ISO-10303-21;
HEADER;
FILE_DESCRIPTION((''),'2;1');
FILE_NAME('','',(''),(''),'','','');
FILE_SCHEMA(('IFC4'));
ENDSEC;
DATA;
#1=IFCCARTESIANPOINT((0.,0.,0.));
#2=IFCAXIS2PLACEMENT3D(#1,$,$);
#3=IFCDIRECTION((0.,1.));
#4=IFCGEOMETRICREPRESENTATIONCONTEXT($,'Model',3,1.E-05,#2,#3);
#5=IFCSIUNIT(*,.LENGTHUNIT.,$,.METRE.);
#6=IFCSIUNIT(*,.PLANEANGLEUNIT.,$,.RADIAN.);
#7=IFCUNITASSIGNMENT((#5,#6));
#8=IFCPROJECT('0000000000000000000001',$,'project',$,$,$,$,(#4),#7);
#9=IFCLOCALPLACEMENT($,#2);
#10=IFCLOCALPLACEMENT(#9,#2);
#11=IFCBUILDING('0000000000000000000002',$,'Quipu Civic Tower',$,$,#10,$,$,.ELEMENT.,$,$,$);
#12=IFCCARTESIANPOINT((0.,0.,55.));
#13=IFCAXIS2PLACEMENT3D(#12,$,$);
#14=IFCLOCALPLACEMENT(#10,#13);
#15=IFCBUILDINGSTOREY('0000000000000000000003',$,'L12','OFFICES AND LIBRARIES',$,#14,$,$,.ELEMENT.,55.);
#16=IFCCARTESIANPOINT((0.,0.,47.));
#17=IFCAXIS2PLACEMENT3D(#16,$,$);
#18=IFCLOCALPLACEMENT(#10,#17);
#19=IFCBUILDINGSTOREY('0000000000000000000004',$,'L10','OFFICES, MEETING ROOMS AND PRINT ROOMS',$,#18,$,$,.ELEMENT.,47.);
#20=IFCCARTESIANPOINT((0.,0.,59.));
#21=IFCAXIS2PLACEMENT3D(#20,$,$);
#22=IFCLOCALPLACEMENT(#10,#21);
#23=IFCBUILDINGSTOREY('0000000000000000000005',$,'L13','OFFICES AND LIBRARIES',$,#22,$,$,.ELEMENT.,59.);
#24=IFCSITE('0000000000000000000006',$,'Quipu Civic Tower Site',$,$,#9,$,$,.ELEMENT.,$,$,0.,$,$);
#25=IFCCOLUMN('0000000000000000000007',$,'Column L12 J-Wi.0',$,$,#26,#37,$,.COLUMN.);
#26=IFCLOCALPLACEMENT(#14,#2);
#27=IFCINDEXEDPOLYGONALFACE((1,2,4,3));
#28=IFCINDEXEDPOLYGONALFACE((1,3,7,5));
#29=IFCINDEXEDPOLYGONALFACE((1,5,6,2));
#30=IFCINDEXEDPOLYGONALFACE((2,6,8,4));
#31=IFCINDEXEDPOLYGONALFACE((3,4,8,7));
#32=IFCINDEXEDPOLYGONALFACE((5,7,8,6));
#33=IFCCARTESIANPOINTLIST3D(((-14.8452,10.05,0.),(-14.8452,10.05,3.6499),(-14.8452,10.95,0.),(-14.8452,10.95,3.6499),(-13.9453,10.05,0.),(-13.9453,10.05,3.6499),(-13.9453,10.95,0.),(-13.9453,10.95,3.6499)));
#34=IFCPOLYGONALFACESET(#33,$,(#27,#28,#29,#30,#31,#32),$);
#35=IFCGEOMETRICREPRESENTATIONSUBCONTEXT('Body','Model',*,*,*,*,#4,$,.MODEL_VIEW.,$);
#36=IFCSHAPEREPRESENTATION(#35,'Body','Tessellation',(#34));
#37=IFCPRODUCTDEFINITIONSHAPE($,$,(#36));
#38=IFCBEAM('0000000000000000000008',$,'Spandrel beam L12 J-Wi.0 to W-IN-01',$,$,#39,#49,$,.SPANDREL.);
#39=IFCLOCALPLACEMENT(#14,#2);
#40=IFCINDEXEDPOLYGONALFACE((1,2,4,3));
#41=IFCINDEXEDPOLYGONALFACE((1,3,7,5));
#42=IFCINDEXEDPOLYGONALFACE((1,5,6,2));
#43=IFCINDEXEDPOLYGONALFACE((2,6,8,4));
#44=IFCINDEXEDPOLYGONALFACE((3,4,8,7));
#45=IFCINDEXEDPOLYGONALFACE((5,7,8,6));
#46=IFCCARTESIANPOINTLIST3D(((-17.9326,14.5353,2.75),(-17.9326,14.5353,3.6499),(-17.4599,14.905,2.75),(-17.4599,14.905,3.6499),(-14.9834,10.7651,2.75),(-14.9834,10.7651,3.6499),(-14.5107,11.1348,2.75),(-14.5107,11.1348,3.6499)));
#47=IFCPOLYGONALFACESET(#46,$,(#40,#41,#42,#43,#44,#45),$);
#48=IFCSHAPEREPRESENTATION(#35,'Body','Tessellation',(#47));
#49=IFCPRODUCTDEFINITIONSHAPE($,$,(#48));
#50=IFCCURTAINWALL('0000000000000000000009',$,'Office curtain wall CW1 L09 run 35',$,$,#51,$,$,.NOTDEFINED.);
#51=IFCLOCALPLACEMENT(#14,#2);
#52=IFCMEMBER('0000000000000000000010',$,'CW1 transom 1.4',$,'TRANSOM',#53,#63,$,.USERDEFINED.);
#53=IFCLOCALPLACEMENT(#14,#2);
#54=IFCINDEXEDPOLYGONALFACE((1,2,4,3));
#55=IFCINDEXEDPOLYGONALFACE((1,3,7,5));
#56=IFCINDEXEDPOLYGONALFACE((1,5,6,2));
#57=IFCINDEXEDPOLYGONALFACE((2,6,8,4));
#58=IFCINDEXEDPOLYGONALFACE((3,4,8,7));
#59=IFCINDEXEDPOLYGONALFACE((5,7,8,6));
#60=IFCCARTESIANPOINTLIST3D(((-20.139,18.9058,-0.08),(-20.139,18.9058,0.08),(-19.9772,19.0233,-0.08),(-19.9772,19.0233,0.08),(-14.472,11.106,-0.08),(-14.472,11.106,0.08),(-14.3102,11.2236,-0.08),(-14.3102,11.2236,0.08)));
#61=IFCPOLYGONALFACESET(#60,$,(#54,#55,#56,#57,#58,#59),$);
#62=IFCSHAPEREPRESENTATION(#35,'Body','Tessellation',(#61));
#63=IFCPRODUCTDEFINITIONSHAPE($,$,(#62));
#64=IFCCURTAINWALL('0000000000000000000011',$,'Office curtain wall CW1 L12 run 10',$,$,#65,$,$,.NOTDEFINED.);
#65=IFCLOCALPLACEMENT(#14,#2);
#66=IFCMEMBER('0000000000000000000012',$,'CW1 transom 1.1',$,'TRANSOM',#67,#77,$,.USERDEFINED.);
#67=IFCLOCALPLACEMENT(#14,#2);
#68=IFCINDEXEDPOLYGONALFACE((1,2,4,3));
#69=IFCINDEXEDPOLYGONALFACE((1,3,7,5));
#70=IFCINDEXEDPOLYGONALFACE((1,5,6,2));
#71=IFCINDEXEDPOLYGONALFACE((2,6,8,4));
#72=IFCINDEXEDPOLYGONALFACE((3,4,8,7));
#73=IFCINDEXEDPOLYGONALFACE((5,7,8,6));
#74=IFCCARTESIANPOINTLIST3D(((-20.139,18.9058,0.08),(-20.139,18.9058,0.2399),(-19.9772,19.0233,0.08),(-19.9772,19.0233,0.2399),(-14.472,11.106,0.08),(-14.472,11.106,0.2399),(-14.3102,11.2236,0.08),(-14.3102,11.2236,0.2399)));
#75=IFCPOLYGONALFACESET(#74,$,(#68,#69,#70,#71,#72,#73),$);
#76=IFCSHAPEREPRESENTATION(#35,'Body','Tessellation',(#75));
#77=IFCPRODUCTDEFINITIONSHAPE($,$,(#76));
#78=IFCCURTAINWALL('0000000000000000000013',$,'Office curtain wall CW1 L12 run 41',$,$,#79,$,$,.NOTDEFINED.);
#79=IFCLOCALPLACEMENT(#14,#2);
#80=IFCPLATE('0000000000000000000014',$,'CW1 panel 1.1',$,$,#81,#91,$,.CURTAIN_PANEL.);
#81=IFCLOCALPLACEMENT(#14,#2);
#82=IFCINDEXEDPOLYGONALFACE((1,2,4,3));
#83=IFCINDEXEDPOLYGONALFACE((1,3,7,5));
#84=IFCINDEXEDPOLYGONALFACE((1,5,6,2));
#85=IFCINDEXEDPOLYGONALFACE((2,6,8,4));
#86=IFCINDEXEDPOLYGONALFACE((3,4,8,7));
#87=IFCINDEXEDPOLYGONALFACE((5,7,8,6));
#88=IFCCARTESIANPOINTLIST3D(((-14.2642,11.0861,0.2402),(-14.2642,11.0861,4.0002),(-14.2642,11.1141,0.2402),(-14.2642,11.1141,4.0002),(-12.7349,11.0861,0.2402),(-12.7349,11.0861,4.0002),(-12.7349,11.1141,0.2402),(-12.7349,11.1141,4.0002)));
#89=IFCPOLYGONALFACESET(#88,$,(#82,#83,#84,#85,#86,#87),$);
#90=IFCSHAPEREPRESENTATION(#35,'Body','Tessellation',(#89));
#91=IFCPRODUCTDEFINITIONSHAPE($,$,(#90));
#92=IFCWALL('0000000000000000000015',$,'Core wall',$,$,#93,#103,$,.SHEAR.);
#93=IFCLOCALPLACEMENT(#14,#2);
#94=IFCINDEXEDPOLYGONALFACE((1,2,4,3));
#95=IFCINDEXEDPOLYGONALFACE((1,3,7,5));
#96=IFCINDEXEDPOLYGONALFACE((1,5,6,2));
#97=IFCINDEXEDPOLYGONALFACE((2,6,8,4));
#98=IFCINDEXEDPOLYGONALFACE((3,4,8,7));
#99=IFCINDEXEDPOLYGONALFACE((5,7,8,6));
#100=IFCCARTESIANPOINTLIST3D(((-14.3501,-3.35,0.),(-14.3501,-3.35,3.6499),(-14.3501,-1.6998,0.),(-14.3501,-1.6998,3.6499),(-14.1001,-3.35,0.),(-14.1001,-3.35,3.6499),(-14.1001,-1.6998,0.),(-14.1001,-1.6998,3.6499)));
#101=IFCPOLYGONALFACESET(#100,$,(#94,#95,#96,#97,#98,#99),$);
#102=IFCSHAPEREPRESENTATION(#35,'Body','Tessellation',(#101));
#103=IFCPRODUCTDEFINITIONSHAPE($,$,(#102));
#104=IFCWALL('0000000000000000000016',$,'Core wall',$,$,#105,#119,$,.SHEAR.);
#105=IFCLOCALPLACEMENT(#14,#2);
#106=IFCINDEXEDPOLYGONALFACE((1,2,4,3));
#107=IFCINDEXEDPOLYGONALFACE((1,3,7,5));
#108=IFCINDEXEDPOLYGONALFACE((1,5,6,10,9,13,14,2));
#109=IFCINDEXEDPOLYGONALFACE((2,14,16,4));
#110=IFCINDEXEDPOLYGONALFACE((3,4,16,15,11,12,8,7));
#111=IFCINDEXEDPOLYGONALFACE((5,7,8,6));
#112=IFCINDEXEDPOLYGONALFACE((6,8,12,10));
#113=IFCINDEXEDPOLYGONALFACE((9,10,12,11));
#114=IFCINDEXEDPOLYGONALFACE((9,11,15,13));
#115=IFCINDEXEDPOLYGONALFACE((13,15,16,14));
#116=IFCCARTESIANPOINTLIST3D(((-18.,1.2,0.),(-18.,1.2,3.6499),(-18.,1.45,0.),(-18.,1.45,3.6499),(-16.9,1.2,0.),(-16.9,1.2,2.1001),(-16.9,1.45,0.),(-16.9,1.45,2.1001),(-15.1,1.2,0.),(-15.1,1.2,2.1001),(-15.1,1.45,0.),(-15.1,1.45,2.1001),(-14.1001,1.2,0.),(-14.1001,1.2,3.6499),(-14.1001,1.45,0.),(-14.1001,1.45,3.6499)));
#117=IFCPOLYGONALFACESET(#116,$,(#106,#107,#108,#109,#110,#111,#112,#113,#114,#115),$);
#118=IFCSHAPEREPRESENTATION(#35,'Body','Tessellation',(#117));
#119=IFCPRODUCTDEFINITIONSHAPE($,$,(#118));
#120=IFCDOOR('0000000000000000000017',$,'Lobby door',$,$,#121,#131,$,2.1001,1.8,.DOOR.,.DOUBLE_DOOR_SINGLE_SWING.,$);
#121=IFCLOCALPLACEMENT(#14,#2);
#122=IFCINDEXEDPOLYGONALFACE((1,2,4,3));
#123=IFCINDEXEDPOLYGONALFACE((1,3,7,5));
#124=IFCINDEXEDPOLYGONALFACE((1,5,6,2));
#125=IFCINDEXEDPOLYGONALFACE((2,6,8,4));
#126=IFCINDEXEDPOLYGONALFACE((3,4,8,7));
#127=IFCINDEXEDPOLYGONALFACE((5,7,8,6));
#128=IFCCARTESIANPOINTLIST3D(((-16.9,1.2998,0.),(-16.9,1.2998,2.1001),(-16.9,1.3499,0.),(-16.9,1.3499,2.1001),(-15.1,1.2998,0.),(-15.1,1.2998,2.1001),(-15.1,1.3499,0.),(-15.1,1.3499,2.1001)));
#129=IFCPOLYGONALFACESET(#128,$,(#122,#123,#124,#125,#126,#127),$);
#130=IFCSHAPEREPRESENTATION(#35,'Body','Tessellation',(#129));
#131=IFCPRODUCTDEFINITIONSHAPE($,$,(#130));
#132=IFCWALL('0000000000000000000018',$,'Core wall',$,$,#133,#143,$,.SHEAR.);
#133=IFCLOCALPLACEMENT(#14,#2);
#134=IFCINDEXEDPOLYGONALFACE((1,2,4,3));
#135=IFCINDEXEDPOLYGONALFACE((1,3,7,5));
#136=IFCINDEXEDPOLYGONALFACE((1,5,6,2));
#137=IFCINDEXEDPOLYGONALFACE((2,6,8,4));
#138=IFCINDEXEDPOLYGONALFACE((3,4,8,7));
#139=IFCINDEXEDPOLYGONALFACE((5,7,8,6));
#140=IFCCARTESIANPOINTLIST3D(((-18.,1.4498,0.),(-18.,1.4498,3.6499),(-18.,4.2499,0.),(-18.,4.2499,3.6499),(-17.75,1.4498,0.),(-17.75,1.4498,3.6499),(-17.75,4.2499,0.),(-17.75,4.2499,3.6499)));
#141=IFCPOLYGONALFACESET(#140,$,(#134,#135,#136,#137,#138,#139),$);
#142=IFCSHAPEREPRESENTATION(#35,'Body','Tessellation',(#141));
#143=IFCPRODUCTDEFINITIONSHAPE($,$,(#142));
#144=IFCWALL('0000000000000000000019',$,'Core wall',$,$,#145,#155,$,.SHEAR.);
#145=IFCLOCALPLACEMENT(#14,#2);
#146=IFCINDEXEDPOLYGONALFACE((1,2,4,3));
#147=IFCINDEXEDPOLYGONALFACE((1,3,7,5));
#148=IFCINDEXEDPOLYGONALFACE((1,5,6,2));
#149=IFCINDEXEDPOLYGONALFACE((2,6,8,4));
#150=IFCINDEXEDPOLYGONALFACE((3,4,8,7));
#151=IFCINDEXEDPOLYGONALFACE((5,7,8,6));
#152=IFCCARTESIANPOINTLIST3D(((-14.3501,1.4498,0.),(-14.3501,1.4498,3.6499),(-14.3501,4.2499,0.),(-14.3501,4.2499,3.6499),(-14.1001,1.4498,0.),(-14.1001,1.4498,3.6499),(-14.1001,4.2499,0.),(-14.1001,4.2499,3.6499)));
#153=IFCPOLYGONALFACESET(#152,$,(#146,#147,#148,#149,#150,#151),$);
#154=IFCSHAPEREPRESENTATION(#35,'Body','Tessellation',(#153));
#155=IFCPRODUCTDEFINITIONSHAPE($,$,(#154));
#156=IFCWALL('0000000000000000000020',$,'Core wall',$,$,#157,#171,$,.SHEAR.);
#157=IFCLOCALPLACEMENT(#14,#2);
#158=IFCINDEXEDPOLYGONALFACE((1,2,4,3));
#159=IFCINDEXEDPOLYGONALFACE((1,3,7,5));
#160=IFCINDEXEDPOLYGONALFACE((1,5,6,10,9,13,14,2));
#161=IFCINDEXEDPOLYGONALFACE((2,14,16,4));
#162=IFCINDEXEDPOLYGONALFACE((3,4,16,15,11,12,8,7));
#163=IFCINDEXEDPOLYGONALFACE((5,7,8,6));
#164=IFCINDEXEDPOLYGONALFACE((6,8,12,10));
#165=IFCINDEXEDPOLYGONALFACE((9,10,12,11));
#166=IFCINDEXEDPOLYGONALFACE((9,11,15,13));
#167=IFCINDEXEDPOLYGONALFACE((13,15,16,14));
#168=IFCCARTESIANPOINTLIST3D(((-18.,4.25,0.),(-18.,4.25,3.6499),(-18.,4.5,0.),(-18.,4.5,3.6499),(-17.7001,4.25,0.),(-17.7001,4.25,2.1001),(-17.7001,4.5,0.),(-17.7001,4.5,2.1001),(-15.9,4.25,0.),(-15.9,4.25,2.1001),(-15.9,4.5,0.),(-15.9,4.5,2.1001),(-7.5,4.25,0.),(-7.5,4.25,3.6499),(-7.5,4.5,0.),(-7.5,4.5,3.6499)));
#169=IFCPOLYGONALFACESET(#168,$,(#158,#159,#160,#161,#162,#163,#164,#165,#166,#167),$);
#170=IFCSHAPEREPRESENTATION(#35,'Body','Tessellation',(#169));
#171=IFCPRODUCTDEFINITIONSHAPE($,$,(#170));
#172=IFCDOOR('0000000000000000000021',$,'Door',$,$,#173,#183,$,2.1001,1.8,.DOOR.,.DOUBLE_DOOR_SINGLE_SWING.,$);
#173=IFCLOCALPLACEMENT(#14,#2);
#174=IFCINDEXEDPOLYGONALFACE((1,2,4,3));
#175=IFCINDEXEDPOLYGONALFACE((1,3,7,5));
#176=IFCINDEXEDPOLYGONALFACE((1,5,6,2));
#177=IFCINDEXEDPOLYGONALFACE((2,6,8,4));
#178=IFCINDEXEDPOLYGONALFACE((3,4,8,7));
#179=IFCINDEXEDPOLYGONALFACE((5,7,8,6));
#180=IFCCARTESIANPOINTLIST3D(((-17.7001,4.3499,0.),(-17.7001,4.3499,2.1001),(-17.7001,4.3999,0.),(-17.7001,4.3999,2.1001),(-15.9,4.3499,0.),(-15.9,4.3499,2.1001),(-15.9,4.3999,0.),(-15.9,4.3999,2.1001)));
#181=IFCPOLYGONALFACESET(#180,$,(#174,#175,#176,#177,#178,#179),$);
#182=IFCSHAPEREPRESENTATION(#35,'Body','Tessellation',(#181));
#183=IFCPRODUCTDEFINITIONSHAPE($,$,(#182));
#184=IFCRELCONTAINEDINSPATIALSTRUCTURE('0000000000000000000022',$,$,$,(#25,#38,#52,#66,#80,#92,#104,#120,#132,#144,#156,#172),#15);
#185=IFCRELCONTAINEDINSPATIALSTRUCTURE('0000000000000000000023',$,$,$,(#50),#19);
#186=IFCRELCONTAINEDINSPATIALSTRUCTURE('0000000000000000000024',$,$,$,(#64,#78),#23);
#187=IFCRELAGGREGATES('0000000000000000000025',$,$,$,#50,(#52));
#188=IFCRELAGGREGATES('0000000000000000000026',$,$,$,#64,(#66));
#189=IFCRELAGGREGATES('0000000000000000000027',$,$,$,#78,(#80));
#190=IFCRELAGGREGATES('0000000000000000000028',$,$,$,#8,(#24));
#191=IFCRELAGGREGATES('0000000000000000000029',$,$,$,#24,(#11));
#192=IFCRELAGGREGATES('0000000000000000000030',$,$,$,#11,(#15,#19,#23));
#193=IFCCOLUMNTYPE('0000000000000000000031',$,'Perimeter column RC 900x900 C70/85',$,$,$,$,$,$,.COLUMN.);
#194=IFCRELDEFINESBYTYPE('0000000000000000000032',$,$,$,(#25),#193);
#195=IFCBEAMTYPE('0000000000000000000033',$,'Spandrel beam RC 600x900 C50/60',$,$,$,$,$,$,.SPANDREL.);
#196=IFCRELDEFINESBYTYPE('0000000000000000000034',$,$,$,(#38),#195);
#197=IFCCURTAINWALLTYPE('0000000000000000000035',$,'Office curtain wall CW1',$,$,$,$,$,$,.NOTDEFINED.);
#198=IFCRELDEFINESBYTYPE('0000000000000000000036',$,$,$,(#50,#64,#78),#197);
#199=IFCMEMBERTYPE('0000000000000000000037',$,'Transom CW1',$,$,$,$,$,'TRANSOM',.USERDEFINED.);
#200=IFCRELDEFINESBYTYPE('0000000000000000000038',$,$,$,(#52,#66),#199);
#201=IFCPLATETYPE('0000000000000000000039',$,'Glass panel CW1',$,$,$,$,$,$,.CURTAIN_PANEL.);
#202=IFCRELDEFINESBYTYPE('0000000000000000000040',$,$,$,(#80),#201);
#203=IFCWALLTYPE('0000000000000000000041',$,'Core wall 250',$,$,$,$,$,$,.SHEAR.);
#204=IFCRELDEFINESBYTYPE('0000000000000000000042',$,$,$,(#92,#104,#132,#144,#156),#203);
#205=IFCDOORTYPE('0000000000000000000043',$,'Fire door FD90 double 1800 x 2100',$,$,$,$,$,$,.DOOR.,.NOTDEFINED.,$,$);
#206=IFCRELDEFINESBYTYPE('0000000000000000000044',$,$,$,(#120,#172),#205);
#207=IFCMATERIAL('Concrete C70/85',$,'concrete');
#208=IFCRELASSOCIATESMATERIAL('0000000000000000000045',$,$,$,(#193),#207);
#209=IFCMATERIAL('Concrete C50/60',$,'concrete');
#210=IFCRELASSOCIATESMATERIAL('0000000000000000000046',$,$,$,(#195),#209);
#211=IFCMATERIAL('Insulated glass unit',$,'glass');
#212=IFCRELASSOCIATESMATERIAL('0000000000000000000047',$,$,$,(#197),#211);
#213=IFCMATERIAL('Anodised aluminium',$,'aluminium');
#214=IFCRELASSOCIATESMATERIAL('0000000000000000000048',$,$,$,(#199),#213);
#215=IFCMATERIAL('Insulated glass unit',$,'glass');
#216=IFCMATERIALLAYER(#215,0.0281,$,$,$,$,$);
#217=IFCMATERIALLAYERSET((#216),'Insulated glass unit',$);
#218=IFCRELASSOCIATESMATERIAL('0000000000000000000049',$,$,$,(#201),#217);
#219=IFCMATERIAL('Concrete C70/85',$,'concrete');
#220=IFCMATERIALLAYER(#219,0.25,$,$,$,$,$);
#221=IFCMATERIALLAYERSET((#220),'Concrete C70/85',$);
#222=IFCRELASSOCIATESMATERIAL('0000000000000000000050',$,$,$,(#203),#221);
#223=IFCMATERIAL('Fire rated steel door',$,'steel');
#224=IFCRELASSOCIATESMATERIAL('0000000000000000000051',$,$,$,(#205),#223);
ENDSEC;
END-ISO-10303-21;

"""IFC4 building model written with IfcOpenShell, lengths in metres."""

from ifc_helpers import new_model, si_unit, direction, frame, frame_2d, origin, origin_2d, place, context, subcontext, project, spatial, rectangle, extrude, material, layer, layer_set, material_profile, profile_set, type_object, element, fill, aggregate, save


model = new_model("IFC4")

# Units and contexts
model_context = context("Model", 3, precision=1e-05, world=origin(), true_north=direction((0.0, 1.0)))
body_context = subcontext(model_context, "Body", "Model", "MODEL_VIEW")
ifc_project = project(units=[si_unit("LENGTHUNIT", "METRE"), si_unit("PLANEANGLEUNIT", "RADIAN")], contexts=[model_context])

# Site, building, storey
site_placement = place(None, origin())
site = spatial("IfcSite", under=ifc_project, at=site_placement, Name="Quipu Civic Tower Site", CompositionType="ELEMENT", RefElevation=0.0)
building_placement = place(site_placement, origin())
building = spatial("IfcBuilding", under=site, at=building_placement, Name="Quipu Civic Tower", CompositionType="ELEMENT")
storey_1_placement = place(building_placement, frame((0.0, 0.0, 55.0)))
storey_1 = spatial("IfcBuildingStorey", under=building, at=storey_1_placement, Name="L12", Description="OFFICES AND LIBRARIES", CompositionType="ELEMENT", Elevation=55.0)

# Column
ifc_material_1 = material(Name="Concrete C70/85", Category="concrete")
ifc_material_profile_1 = material_profile(ifc_material_1, rectangle(XDim=0.8999, YDim=0.8999, at=origin_2d()), Name="RC900x900")
ifc_profile_set_1 = profile_set([ifc_material_profile_1], Name="Concrete C70/85")
column_type = type_object("IfcColumnType", Name="Perimeter column RC 900x900 C70/85", PredefinedType="COLUMN", material=ifc_profile_set_1)
column_placement = place(storey_1_placement, frame((-14.3953, 10.5, 0.0), z_axis=(0.0, 0.0, 1.0), x_axis=(-1.0, 0.0, 0.0)))
element("IfcColumn", 1, at=column_placement, inside=storey_1, type_object=column_type, Name="Column L12 J-Wi.0", PredefinedType="COLUMN", context=body_context, shape_type="SweptSolid", body=[
    extrude(rectangle(XDim=0.8999, YDim=0.8999, at=origin_2d()), origin(), (0.0, 0.0, 1.0), 3.6499),
])

# Beam
ifc_material_2 = material(Name="Concrete C50/60", Category="concrete")
ifc_material_profile_2 = material_profile(ifc_material_2, rectangle(XDim=0.6001, YDim=0.8999, at=origin_2d()), Name="RC600x900")
ifc_profile_set_2 = profile_set([ifc_material_profile_2], Name="Concrete C50/60")
beam_type = type_object("IfcBeamType", Name="Spandrel beam RC 600x900 C50/60", PredefinedType="SPANDREL", material=ifc_profile_set_2)
beam_placement = place(storey_1_placement, frame((-14.7471, 10.95, 3.2), z_axis=(-0.616124, 0.787649, 0.0), x_axis=(-0.787649, -0.616124, 0.0)))
element("IfcBeam", 2, at=beam_placement, inside=storey_1, type_object=beam_type, Name="Spandrel beam L12 J-Wi.0 to W-IN-01", PredefinedType="SPANDREL", context=body_context, shape_type="SweptSolid", body=[
    extrude(rectangle(XDim=0.6001, YDim=0.8999, at=origin_2d()), origin(), (0.0, 0.0, 1.0), 4.7866),
])

# Shared definitions
storey_2_placement = place(building_placement, frame((0.0, 0.0, 47.0)))
storey_2 = spatial("IfcBuildingStorey", under=building, at=storey_2_placement, Name="L10", Description="OFFICES, MEETING ROOMS AND PRINT ROOMS", CompositionType="ELEMENT", Elevation=47.0)

# Curtain wall, member
ifc_material_3 = material(Name="Insulated glass unit", Category="glass")
curtain_wall_type = type_object("IfcCurtainWallType", Name="Office curtain wall CW1", PredefinedType="NOTDEFINED", material=ifc_material_3)
curtain_wall_1_placement = place(storey_2_placement, origin())
curtain_wall_1 = element("IfcCurtainWall", 3, at=curtain_wall_1_placement, inside=storey_2, type_object=curtain_wall_type, Name="Office curtain wall CW1 L09 run 35", PredefinedType="NOTDEFINED")
ifc_material_4 = material(Name="Anodised aluminium", Category="aluminium")
ifc_material_profile_3 = material_profile(ifc_material_4, rectangle(XDim=0.2, YDim=0.1599, at=origin_2d()), Name="RECT 200x160")
ifc_profile_set_3 = profile_set([ifc_material_profile_3], Name="Anodised aluminium")
member_type = type_object("IfcMemberType", Name="Transom CW1", ElementType="TRANSOM", PredefinedType="USERDEFINED", material=ifc_profile_set_3)
member_1_placement = place(storey_1_placement, frame((-14.3911, 11.1648, 0.0), z_axis=(-0.587792, 0.809012, 0.0), x_axis=(-0.809012, -0.587792, 0.0)))
member_1 = element("IfcMember", 4, at=member_1_placement, inside=storey_1, type_object=member_type, Name="CW1 transom 1.4", ObjectType="TRANSOM", PredefinedType="USERDEFINED", context=body_context, shape_type="SweptSolid", body=[
    extrude(rectangle(XDim=0.2, YDim=0.1599, at=origin_2d()), origin(), (0.0, 0.0, 1.0), 9.6411),
])
aggregate(curtain_wall_1, [member_1])

# Shared definitions
storey_3_placement = place(building_placement, frame((0.0, 0.0, 59.0)))
storey_3 = spatial("IfcBuildingStorey", under=building, at=storey_3_placement, Name="L13", Description="OFFICES AND LIBRARIES", CompositionType="ELEMENT", Elevation=59.0)

# Curtain wall, member
curtain_wall_2_placement = place(storey_3_placement, origin())
curtain_wall_2 = element("IfcCurtainWall", 5, at=curtain_wall_2_placement, inside=storey_3, type_object=curtain_wall_type, Name="Office curtain wall CW1 L12 run 10", PredefinedType="NOTDEFINED")
member_2_placement = place(storey_1_placement, frame((-14.3911, 11.1648, 0.1599), z_axis=(-0.587792, 0.809012, 0.0), x_axis=(-0.809012, -0.587792, 0.0)))
member_2 = element("IfcMember", 6, at=member_2_placement, inside=storey_1, type_object=member_type, Name="CW1 transom 1.1", ObjectType="TRANSOM", PredefinedType="USERDEFINED", context=body_context, shape_type="SweptSolid", body=[
    extrude(rectangle(XDim=0.2, YDim=0.1599, at=origin_2d()), origin(), (0.0, 0.0, 1.0), 9.6411),
])
aggregate(curtain_wall_2, [member_2])

# Curtain wall, plate
curtain_wall_3_placement = place(storey_3_placement, origin())
curtain_wall_3 = element("IfcCurtainWall", 7, at=curtain_wall_3_placement, inside=storey_3, type_object=curtain_wall_type, Name="Office curtain wall CW1 L12 run 41", PredefinedType="NOTDEFINED")
ifc_material_5 = material(Name="Insulated glass unit", Category="glass")
ifc_layer_1 = layer(ifc_material_5, 0.0281)
ifc_layer_set_1 = layer_set([ifc_layer_1], Name="Insulated glass unit")
plate_type = type_object("IfcPlateType", Name="Glass panel CW1", PredefinedType="CURTAIN_PANEL", material=ifc_layer_set_1)
plate_placement = place(storey_1_placement, frame((-13.4995, 11.1001, 0.2402), z_axis=(0.0, 0.0, 1.0), x_axis=(-1.0, 0.0, 0.0)))
plate = element("IfcPlate", 8, at=plate_placement, inside=storey_1, type_object=plate_type, Name="CW1 panel 1.1", PredefinedType="CURTAIN_PANEL", context=body_context, shape_type="SweptSolid", body=[
    extrude(rectangle(XDim=1.5293, YDim=0.0281, at=origin_2d()), origin(), (0.0, 0.0, 1.0), 3.76),
])
aggregate(curtain_wall_3, [plate])

# Wall
ifc_material_6 = material(Name="Concrete C70/85", Category="concrete")
ifc_layer_2 = layer(ifc_material_6, 0.25)
ifc_layer_set_2 = layer_set([ifc_layer_2], Name="Concrete C70/85")
wall_type_1 = type_object("IfcWallType", Name="Core wall 250", PredefinedType="SHEAR", material=ifc_layer_set_2)
wall_1_placement = place(storey_1_placement, frame((-14.2251, -3.3501, 0.0), z_axis=(0.0, 0.0, 1.0), x_axis=(0.0, 1.0, 0.0)))
element("IfcWall", 9, at=wall_1_placement, inside=storey_1, type_object=wall_type_1, Name="Core wall", PredefinedType="SHEAR", context=body_context, shape_type="SweptSolid", body=[
    extrude(rectangle(XDim=1.6501, YDim=0.25, at=frame_2d((0.8252, 0.0))), origin(), (0.0, 0.0, 1.0), 3.6499),
])

# Wall, opening, door
wall_2_placement = place(storey_1_placement, frame((-18.0, 1.325, 0.0), z_axis=(0.0, 0.0, 1.0), x_axis=(1.0, 0.0, 0.0)))
wall_2 = element("IfcWall", 10, at=wall_2_placement, inside=storey_1, type_object=wall_type_1, Name="Core wall", PredefinedType="SHEAR", context=body_context, shape_type="SweptSolid", body=[
    extrude(rectangle(XDim=3.8999, YDim=0.25, at=frame_2d((1.95, 0.0))), origin(), (0.0, 0.0, 1.0), 3.6499),
])
opening_1_placement = place(wall_2_placement, frame((1.1001, 0.0, 0.0)))
opening_1 = element("IfcOpeningElement", 11, at=opening_1_placement, cuts=wall_2, PredefinedType="OPENING", context=body_context, shape_type="SweptSolid", body=[
    extrude(rectangle(XDim=1.8, YDim=2.1001, at=frame_2d((0.8999, 1.05))), frame((0.0, 0.135, 0.0), z_axis=(0.0, -1.0, 0.0), x_axis=(1.0, 0.0, 0.0)), (0.0, 0.0, 1.0), 0.27),
])
ifc_material_7 = material(Name="Fire rated steel door", Category="steel")
door_type_1 = type_object("IfcDoorType", Name="Fire door FD90 double 1800 x 2100", OperationType="NOTDEFINED", PredefinedType="DOOR", material=ifc_material_7)
door_1_placement = place(opening_1_placement, origin())
door_1 = element("IfcDoor", 12, at=door_1_placement, inside=storey_1, type_object=door_type_1, Name="Lobby door", OperationType="DOUBLE_DOOR_SINGLE_SWING", OverallHeight=2.1001, OverallWidth=1.8, PredefinedType="DOOR", context=body_context, shape_type="SweptSolid", body=[
    extrude(rectangle(XDim=1.8, YDim=2.1001, at=frame_2d((0.8999, 1.05))), frame((0.0, 0.0249, 0.0), z_axis=(0.0, -1.0, 0.0), x_axis=(1.0, 0.0, 0.0)), (0.0, 0.0, 1.0), 0.05),
])
fill(opening_1, door_1)

# Walls
for number, where, z_axis, x_axis, name in (
    (13, (-17.875, 1.45, 0.0), (0.0, 0.0, 1.0), (0.0, 1.0, 0.0), "Core wall"),
    (14, (-14.2251, 1.45, 0.0), (0.0, 0.0, 1.0), (0.0, 1.0, 0.0), "Core wall"),
):
    element("IfcWall", number, at=place(storey_1_placement, frame(where, z_axis=z_axis, x_axis=x_axis)), inside=storey_1, type_object=wall_type_1, Name=name, PredefinedType="SHEAR", context=body_context, shape_type="SweptSolid", body=[
        extrude(rectangle(XDim=2.8, YDim=0.25, at=frame_2d((1.3999, 0.0))), origin(), (0.0, 0.0, 1.0), 3.6499),
    ])

# Wall, opening, door
wall_3_placement = place(storey_1_placement, frame((-18.0, 4.375, 0.0), z_axis=(0.0, 0.0, 1.0), x_axis=(1.0, 0.0, 0.0)))
wall_3 = element("IfcWall", 15, at=wall_3_placement, inside=storey_1, type_object=wall_type_1, Name="Core wall", PredefinedType="SHEAR", context=body_context, shape_type="SweptSolid", body=[
    extrude(rectangle(XDim=10.5, YDim=0.25, at=frame_2d((5.25, 0.0))), origin(), (0.0, 0.0, 1.0), 3.6499),
])
opening_2_placement = place(wall_3_placement, frame((0.3, 0.0, 0.0)))
opening_2 = element("IfcOpeningElement", 16, at=opening_2_placement, cuts=wall_3, PredefinedType="OPENING", context=body_context, shape_type="SweptSolid", body=[
    extrude(rectangle(XDim=1.8, YDim=2.1001, at=frame_2d((0.8999, 1.05))), frame((0.0, 0.135, 0.0), z_axis=(0.0, -1.0, 0.0), x_axis=(1.0, 0.0, 0.0)), (0.0, 0.0, 1.0), 0.27),
])
door_2_placement = place(opening_2_placement, origin())
door_2 = element("IfcDoor", 17, at=door_2_placement, inside=storey_1, type_object=door_type_1, Name="Door", OperationType="DOUBLE_DOOR_SINGLE_SWING", OverallHeight=2.1001, OverallWidth=1.8, PredefinedType="DOOR", context=body_context, shape_type="SweptSolid", body=[
    extrude(rectangle(XDim=1.8, YDim=2.1001, at=frame_2d((0.8999, 1.05))), frame((0.0, 0.0249, 0.0), z_axis=(0.0, -1.0, 0.0), x_axis=(1.0, 0.0, 0.0)), (0.0, 0.0, 1.0), 0.05),
])
fill(opening_2, door_2)

save(model, "model.ifc")
